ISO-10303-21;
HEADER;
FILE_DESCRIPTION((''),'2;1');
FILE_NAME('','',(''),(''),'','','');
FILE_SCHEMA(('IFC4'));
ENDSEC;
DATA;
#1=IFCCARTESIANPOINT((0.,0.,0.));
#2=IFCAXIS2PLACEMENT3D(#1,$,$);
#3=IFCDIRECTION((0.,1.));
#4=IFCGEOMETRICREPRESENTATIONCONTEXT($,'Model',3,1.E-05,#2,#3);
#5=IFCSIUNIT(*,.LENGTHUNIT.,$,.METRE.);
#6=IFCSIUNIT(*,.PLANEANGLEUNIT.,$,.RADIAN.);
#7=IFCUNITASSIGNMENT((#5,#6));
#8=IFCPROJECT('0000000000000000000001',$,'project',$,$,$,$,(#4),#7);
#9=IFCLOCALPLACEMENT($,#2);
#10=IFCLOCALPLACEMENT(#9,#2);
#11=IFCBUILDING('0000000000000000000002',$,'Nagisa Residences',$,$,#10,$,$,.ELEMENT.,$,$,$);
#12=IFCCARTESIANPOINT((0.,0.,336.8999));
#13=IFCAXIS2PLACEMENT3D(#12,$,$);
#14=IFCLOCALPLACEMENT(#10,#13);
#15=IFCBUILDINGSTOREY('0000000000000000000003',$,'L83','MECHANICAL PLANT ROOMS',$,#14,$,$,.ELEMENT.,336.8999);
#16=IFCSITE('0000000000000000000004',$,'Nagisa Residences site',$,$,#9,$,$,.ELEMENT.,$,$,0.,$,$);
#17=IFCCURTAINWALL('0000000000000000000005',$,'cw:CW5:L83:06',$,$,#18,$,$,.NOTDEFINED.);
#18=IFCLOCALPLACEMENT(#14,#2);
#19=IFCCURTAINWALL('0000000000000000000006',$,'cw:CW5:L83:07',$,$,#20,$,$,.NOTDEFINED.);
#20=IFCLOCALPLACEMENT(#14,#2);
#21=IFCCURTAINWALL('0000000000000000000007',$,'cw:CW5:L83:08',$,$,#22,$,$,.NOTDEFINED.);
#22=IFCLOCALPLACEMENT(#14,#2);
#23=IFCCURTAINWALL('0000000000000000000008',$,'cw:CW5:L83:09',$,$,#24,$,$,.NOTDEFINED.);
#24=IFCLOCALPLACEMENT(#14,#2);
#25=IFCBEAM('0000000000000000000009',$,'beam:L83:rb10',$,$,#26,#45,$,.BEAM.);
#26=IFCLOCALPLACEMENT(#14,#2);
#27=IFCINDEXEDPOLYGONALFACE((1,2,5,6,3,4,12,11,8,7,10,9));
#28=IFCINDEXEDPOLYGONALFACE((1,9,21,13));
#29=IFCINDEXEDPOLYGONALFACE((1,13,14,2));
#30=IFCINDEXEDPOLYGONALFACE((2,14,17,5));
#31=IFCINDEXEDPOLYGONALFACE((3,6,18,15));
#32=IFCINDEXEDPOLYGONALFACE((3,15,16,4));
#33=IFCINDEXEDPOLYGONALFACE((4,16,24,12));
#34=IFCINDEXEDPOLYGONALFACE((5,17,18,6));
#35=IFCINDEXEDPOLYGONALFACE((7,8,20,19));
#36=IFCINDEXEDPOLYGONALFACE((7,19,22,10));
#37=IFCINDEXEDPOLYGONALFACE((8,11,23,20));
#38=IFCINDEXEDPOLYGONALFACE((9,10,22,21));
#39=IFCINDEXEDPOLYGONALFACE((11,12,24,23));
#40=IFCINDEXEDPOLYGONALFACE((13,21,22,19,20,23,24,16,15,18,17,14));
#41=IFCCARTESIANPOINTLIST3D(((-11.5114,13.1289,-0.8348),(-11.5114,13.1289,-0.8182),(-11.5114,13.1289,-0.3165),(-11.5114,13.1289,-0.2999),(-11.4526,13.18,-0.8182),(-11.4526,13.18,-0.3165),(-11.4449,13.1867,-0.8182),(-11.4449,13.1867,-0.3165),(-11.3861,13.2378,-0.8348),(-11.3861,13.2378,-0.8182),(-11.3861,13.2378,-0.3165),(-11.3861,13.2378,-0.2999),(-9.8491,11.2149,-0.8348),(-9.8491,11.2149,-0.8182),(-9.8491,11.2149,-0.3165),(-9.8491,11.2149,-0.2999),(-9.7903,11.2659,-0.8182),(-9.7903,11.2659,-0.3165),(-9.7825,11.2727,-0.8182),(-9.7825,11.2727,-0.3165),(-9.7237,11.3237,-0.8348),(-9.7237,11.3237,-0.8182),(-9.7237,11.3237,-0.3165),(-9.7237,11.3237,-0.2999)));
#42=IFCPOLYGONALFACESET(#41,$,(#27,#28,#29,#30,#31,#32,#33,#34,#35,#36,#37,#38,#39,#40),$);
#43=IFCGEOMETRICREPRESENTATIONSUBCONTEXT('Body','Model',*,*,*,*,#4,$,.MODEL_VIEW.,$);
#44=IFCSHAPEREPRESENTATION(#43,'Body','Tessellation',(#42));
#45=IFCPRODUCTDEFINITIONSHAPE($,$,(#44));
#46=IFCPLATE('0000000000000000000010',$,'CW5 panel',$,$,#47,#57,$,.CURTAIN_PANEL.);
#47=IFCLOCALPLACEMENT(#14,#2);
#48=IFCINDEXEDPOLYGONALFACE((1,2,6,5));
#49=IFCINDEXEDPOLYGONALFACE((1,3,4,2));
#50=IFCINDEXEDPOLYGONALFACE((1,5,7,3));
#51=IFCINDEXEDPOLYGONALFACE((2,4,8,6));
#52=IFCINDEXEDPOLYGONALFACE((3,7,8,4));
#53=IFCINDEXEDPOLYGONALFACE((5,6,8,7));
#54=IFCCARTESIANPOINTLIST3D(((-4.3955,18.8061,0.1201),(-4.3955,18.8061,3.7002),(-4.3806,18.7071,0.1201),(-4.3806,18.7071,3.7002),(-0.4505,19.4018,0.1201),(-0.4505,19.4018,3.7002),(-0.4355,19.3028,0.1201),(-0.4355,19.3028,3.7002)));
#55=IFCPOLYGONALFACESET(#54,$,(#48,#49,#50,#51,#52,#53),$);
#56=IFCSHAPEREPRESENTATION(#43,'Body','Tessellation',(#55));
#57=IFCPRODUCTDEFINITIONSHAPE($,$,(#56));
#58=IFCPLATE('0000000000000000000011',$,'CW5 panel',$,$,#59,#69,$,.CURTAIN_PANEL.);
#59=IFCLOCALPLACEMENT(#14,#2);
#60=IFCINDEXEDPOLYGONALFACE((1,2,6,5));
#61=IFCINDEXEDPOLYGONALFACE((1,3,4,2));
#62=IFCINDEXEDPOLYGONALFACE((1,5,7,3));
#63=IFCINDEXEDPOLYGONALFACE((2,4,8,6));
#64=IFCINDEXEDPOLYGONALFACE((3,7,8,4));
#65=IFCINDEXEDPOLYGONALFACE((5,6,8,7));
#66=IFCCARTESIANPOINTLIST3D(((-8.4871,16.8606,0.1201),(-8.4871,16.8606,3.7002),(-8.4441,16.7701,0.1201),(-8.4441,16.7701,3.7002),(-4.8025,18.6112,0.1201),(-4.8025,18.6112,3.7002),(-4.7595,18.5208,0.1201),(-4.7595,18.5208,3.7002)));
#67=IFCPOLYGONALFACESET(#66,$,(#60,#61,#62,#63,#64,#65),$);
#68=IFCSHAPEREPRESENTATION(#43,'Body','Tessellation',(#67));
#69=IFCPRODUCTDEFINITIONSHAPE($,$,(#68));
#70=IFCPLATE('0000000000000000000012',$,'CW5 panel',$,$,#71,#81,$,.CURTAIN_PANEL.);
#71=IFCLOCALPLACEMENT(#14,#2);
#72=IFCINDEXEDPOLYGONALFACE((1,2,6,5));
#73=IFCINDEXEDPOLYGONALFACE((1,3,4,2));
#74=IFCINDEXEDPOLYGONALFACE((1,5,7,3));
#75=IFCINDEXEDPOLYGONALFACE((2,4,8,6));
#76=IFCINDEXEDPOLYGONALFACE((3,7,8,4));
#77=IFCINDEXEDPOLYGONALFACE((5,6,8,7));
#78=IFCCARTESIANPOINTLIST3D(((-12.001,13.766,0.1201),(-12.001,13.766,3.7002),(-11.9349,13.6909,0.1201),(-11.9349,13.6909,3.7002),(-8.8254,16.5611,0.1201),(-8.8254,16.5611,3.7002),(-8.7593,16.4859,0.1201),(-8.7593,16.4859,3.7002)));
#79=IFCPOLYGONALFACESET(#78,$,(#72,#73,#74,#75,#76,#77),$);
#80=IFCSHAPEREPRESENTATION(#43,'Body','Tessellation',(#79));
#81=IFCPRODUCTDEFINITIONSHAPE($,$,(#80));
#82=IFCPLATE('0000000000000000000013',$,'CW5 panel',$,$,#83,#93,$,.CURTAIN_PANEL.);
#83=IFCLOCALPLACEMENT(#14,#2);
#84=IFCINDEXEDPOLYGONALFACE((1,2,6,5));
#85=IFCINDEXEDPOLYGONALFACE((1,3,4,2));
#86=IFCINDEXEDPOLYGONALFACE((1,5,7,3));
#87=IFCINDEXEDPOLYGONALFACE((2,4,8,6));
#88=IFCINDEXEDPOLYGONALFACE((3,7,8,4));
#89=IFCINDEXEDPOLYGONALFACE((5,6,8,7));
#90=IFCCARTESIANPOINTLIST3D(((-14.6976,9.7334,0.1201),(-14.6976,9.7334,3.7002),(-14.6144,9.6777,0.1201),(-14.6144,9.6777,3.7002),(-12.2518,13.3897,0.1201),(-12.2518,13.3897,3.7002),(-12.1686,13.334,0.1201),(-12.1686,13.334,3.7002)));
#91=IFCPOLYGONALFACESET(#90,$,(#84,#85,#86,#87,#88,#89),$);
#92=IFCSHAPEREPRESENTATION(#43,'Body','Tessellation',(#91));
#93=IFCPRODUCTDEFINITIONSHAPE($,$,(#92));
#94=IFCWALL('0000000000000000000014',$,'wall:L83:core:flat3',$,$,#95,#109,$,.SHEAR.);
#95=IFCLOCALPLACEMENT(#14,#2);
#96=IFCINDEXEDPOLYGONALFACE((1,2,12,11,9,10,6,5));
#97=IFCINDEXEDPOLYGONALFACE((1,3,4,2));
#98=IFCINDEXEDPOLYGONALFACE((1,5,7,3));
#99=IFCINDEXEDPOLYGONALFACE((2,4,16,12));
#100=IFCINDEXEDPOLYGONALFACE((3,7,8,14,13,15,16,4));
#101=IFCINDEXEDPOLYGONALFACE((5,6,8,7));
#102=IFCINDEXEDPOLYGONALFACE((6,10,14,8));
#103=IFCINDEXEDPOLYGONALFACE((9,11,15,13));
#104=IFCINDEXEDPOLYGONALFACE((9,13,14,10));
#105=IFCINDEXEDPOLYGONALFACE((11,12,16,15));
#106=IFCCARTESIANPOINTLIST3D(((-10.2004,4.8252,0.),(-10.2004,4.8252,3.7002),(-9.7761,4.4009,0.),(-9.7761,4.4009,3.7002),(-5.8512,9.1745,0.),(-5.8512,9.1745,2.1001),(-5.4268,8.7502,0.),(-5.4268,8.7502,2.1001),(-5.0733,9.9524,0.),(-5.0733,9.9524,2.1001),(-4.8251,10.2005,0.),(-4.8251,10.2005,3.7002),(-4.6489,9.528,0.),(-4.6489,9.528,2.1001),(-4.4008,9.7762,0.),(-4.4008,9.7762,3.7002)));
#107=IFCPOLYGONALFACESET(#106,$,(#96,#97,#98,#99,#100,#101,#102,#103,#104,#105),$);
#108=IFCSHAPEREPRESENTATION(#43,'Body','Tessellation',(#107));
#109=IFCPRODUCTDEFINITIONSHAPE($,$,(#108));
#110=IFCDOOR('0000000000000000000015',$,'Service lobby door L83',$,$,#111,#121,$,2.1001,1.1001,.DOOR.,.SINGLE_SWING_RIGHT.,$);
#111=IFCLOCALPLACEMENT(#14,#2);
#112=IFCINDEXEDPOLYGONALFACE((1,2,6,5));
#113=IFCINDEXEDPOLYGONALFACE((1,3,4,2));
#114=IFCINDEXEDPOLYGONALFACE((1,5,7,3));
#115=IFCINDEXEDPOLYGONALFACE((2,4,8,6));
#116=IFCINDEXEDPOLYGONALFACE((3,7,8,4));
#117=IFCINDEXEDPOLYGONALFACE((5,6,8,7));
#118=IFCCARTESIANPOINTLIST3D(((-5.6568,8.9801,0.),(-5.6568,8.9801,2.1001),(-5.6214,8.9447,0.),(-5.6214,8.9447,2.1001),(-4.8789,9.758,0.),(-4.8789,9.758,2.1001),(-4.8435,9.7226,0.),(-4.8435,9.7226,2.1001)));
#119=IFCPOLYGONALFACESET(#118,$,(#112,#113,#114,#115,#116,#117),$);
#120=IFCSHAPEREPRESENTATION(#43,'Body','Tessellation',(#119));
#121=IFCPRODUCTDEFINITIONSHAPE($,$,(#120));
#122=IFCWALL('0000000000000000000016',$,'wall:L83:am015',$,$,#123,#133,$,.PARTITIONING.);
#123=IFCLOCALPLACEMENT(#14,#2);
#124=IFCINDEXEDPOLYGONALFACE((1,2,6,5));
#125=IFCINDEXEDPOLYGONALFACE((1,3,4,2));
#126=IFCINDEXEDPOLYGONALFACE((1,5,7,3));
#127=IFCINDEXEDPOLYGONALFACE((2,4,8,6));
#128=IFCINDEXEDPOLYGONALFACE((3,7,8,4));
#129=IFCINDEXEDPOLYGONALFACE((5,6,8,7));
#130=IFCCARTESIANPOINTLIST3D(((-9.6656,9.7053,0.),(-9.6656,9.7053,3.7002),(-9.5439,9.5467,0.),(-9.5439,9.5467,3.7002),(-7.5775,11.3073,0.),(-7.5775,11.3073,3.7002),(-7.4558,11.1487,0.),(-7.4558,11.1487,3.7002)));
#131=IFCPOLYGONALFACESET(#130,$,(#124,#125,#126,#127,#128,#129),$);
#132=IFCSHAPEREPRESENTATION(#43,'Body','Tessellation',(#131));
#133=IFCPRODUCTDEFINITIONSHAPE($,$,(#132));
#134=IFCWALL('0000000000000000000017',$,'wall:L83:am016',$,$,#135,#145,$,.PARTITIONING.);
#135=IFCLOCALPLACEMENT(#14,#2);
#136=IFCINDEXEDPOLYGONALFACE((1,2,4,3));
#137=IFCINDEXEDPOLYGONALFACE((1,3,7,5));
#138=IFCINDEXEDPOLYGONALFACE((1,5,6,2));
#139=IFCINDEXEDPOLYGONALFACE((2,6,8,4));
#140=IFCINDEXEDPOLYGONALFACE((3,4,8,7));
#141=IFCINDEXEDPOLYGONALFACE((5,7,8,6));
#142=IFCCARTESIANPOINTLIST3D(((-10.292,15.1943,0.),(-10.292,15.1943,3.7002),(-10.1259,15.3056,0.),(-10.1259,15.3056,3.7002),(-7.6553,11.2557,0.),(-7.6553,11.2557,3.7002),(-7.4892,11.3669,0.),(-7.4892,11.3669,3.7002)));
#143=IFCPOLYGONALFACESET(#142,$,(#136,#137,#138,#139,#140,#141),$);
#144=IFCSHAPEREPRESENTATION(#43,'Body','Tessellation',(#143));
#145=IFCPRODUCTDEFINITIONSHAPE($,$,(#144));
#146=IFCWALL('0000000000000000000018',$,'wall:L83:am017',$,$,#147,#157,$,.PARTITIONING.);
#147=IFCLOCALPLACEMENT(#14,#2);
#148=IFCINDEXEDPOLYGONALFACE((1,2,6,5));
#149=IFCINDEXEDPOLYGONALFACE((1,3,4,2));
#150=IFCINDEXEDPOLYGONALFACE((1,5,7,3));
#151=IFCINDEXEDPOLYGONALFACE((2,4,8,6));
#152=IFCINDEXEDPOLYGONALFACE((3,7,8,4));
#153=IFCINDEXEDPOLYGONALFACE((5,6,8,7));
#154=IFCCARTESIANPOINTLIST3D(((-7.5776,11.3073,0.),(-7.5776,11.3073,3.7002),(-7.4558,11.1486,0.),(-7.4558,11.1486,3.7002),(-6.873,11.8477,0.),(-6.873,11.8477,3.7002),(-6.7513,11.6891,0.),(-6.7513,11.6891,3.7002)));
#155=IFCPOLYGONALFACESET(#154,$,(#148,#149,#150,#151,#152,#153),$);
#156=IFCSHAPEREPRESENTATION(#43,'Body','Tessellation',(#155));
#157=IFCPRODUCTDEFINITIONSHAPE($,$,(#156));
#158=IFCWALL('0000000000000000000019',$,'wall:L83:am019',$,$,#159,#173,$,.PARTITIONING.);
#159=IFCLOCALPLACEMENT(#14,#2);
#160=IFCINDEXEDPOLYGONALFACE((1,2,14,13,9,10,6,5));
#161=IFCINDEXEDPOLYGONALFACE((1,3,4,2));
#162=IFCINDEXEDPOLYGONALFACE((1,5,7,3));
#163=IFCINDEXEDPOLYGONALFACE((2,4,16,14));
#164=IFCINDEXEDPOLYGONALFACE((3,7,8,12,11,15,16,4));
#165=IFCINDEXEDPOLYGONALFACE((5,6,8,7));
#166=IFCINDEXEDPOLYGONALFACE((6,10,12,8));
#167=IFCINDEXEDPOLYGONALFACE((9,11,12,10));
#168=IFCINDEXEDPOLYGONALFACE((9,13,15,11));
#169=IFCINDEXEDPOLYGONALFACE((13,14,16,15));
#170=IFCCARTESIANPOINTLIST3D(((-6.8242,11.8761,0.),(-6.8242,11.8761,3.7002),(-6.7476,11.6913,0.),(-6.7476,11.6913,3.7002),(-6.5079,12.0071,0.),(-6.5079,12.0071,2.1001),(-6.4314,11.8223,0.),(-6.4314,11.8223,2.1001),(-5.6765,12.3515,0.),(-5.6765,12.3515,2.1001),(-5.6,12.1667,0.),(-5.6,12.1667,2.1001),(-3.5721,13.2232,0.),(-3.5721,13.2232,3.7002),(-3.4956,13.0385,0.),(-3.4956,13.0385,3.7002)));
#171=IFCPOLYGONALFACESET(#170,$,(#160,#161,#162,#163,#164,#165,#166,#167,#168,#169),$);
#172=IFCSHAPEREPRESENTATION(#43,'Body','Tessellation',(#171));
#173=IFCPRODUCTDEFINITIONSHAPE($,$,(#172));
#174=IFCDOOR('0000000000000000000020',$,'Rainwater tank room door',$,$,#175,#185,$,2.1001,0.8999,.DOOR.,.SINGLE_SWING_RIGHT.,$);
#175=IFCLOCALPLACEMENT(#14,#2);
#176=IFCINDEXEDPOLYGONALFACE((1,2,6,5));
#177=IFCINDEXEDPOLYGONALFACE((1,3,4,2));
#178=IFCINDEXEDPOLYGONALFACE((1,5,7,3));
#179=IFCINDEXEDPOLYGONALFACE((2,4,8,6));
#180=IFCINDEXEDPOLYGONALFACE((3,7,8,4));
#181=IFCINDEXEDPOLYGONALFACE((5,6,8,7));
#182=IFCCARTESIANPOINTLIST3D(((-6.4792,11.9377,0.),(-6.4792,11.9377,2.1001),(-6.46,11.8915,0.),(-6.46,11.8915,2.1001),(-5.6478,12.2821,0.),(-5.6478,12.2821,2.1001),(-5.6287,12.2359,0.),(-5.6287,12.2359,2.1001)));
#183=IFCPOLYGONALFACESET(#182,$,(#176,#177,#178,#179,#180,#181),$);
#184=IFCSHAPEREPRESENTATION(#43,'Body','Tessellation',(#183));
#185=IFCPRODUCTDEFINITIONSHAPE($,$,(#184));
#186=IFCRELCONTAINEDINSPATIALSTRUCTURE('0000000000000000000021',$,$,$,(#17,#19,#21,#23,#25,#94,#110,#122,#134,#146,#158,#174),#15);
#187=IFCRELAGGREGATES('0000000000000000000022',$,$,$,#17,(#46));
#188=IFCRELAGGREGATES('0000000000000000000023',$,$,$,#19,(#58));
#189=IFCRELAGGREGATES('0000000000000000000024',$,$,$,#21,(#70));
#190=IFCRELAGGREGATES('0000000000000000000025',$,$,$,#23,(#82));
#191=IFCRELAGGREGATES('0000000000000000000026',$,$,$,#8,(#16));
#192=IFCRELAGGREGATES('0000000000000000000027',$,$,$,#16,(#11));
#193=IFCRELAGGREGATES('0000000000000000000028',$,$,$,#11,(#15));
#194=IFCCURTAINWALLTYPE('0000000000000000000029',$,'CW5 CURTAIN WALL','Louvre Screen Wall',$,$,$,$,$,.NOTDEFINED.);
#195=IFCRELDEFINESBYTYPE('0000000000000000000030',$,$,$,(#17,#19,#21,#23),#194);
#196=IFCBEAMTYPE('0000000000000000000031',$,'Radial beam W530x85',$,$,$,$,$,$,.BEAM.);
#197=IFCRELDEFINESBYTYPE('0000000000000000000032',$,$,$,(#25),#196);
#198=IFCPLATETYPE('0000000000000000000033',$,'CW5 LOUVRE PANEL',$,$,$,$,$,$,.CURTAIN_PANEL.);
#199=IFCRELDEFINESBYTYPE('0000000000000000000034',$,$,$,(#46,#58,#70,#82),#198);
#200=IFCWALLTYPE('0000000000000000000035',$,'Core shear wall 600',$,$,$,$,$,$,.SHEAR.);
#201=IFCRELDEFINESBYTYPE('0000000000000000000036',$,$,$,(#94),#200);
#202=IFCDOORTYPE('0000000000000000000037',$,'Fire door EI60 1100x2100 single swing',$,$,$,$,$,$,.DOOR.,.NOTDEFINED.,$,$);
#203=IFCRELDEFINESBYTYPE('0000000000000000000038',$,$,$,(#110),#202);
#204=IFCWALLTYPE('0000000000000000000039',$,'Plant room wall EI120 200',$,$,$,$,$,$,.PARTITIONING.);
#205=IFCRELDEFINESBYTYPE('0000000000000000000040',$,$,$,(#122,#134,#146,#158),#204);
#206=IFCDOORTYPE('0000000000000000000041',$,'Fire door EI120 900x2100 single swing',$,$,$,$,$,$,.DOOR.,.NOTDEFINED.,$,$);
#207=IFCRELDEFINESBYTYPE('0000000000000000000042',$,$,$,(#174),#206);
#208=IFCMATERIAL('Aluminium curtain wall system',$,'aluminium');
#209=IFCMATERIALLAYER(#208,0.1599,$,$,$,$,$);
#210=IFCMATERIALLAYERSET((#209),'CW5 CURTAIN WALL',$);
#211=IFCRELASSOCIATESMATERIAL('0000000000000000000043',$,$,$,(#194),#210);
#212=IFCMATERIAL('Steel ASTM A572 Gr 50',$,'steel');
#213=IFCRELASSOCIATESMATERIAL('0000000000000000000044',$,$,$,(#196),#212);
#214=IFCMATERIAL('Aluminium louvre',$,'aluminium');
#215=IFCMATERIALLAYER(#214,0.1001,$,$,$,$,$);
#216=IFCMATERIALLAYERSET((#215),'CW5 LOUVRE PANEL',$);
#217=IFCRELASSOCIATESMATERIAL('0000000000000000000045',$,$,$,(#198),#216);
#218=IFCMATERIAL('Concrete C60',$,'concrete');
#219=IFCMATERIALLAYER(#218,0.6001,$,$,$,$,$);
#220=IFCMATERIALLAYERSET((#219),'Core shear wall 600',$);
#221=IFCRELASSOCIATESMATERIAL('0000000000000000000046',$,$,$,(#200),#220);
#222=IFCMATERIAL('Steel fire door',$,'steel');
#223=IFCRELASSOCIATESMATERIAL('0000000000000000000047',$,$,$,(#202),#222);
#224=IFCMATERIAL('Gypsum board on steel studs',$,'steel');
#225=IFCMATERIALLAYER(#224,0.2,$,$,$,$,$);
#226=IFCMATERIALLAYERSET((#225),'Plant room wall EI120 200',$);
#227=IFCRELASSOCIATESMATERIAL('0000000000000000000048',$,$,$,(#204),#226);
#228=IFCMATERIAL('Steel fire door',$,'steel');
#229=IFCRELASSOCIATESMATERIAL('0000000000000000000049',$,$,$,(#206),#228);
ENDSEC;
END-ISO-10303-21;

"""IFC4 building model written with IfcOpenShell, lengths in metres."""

from ifc_helpers import new_model, si_unit, direction, frame, frame_2d, origin, origin_2d, place, context, subcontext, project, spatial, rectangle, i_section, extrude, material, layer, layer_set, material_profile, profile_set, type_object, element, fill, aggregate, save


model = new_model("IFC4")

# Units and contexts
model_context = context("Model", 3, precision=1e-05, world=origin(), true_north=direction((0.0, 1.0)))
body_context = subcontext(model_context, "Body", "Model", "MODEL_VIEW")
ifc_project = project(units=[si_unit("LENGTHUNIT", "METRE"), si_unit("PLANEANGLEUNIT", "RADIAN")], contexts=[model_context])

# Site, building, storey
site_placement = place(None, origin())
site = spatial("IfcSite", under=ifc_project, at=site_placement, Name="Nagisa Residences site", CompositionType="ELEMENT", RefElevation=0.0)
building_placement = place(site_placement, origin())
building = spatial("IfcBuilding", under=site, at=building_placement, Name="Nagisa Residences", CompositionType="ELEMENT")
storey_placement = place(building_placement, frame((0.0, 0.0, 336.8999)))
storey = spatial("IfcBuildingStorey", under=building, at=storey_placement, Name="L83", Description="MECHANICAL PLANT ROOMS", CompositionType="ELEMENT", Elevation=336.8999)

# Curtain walls
ifc_material_1 = material(Name="Aluminium curtain wall system", Category="aluminium")
ifc_layer_1 = layer(ifc_material_1, 0.1599)
ifc_layer_set_1 = layer_set([ifc_layer_1], Name="CW5 CURTAIN WALL")
curtain_wall_type = type_object("IfcCurtainWallType", Name="CW5 CURTAIN WALL", Description="Louvre Screen Wall", PredefinedType="NOTDEFINED", material=ifc_layer_set_1)
curtain_wall_1_placement = place(storey_placement, origin())
curtain_wall_1 = element("IfcCurtainWall", 1, at=curtain_wall_1_placement, inside=storey, type_object=curtain_wall_type, Name="cw:CW5:L83:06", PredefinedType="NOTDEFINED")
curtain_wall_2_placement = place(storey_placement, origin())
curtain_wall_2 = element("IfcCurtainWall", 2, at=curtain_wall_2_placement, inside=storey, type_object=curtain_wall_type, Name="cw:CW5:L83:07", PredefinedType="NOTDEFINED")
curtain_wall_3_placement = place(storey_placement, origin())
curtain_wall_3 = element("IfcCurtainWall", 3, at=curtain_wall_3_placement, inside=storey, type_object=curtain_wall_type, Name="cw:CW5:L83:08", PredefinedType="NOTDEFINED")
curtain_wall_4_placement = place(storey_placement, origin())
curtain_wall_4 = element("IfcCurtainWall", 4, at=curtain_wall_4_placement, inside=storey, type_object=curtain_wall_type, Name="cw:CW5:L83:09", PredefinedType="NOTDEFINED")

# Beam
ifc_material_2 = material(Name="Steel ASTM A572 Gr 50", Category="steel")
ifc_material_profile_1 = material_profile(ifc_material_2, i_section(OverallWidth=0.166, OverallDepth=0.5349, WebThickness=0.0103, FlangeThickness=0.0166, at=origin_2d()), Name="W530x85")
ifc_profile_set_1 = profile_set([ifc_material_profile_1], Name="Steel ASTM A572 Gr 50")
beam_type_1 = type_object("IfcBeamType", Name="Radial beam W530x85", PredefinedType="BEAM", material=ifc_profile_set_1)
beam_1_placement = place(storey_placement, frame((-11.4487, 13.1833, -0.5674), z_axis=(0.655718, -0.755006, 0.0), x_axis=(0.755006, 0.655718, 0.0)))
element("IfcBeam", 5, at=beam_1_placement, inside=storey, type_object=beam_type_1, Name="beam:L83:rb10", PredefinedType="BEAM", context=body_context, shape_type="SweptSolid", body=[
    extrude(i_section(OverallWidth=0.166, OverallDepth=0.5349, WebThickness=0.0103, FlangeThickness=0.0166, at=origin_2d()), origin(), (0.0, 0.0, 1.0), 2.5352),
])

# Plates
ifc_material_3 = material(Name="Aluminium louvre", Category="aluminium")
ifc_layer_2 = layer(ifc_material_3, 0.1001)
ifc_layer_set_2 = layer_set([ifc_layer_2], Name="CW5 LOUVRE PANEL")
plate_type = type_object("IfcPlateType", Name="CW5 LOUVRE PANEL", PredefinedType="CURTAIN_PANEL", material=ifc_layer_set_2)
plate_1_placement = place(storey_placement, frame((-2.4155, 19.0544, 0.1201), z_axis=(0.0, 0.0, 1.0), x_axis=(-0.988789, -0.14932, 0.0)))
plate_1 = element("IfcPlate", 6, at=plate_1_placement, type_object=plate_type, Name="CW5 panel", PredefinedType="CURTAIN_PANEL", context=body_context, shape_type="SweptSolid", body=[
    extrude(rectangle(XDim=3.9897, YDim=0.1001, at=origin_2d()), origin(), (0.0, 0.0, 1.0), 3.5801),
])
aggregate(curtain_wall_1, [plate_1])
plate_2_placement = place(storey_placement, frame((-6.6233, 17.6907, 0.1201), z_axis=(0.0, 0.0, 1.0), x_axis=(-0.903233, -0.429151, 0.0)))
plate_2 = element("IfcPlate", 7, at=plate_2_placement, type_object=plate_type, Name="CW5 panel", PredefinedType="CURTAIN_PANEL", context=body_context, shape_type="SweptSolid", body=[
    extrude(rectangle(XDim=4.0793, YDim=0.1001, at=origin_2d()), origin(), (0.0, 0.0, 1.0), 3.5801),
])
aggregate(curtain_wall_2, [plate_2])
plate_3_placement = place(storey_placement, frame((-10.3801, 15.126, 0.1201), z_axis=(0.0, 0.0, 1.0), x_axis=(-0.750651, -0.660699, 0.0)))
plate_3 = element("IfcPlate", 8, at=plate_3_placement, type_object=plate_type, Name="CW5 panel", PredefinedType="CURTAIN_PANEL", context=body_context, shape_type="SweptSolid", body=[
    extrude(rectangle(XDim=4.2305, YDim=0.1001, at=origin_2d()), origin(), (0.0, 0.0, 1.0), 3.5801),
])
aggregate(curtain_wall_3, [plate_3])
plate_4_placement = place(storey_placement, frame((-13.4331, 11.5337, 0.1201), z_axis=(0.0, 0.0, 1.0), x_axis=(-0.556014, -0.831173, 0.0)))
plate_4 = element("IfcPlate", 9, at=plate_4_placement, type_object=plate_type, Name="CW5 panel", PredefinedType="CURTAIN_PANEL", context=body_context, shape_type="SweptSolid", body=[
    extrude(rectangle(XDim=4.3989, YDim=0.1001, at=origin_2d()), origin(), (0.0, 0.0, 1.0), 3.5801),
])
aggregate(curtain_wall_4, [plate_4])

# Wall, opening, door
ifc_material_4 = material(Name="Concrete C60", Category="concrete")
ifc_layer_3 = layer(ifc_material_4, 0.6001)
ifc_layer_set_3 = layer_set([ifc_layer_3], Name="Core shear wall 600")
wall_type_1 = type_object("IfcWallType", Name="Core shear wall 600", PredefinedType="SHEAR", material=ifc_layer_set_3)
wall_1_placement = place(storey_placement, frame((-4.613, 9.9883, 0.0), z_axis=(0.0, 0.0, 1.0), x_axis=(-0.707107, -0.707107, 0.0)))
wall_1 = element("IfcWall", 10, at=wall_1_placement, inside=storey, type_object=wall_type_1, Name="wall:L83:core:flat3", PredefinedType="SHEAR", context=body_context, shape_type="SweptSolid", body=[
    extrude(rectangle(XDim=7.6018, YDim=0.6001, at=frame_2d((3.8008, 0.0))), origin(), (0.0, 0.0, 1.0), 3.7002),
])
opening_1_placement = place(wall_1_placement, frame((0.3508, 0.0, 0.0)))
opening_1 = element("IfcOpeningElement", 11, at=opening_1_placement, cuts=wall_1, PredefinedType="OPENING", context=body_context, shape_type="SweptSolid", body=[
    extrude(rectangle(XDim=1.1001, YDim=2.1001, at=frame_2d((0.55, 1.05))), frame((0.0, 0.3101, 0.0), z_axis=(0.0, -1.0, 0.0), x_axis=(1.0, 0.0, 0.0)), (0.0, 0.0, 1.0), 0.6201),
])
ifc_material_5 = material(Name="Steel fire door", Category="steel")
door_type_1 = type_object("IfcDoorType", Name="Fire door EI60 1100x2100 single swing", OperationType="NOTDEFINED", PredefinedType="DOOR", material=ifc_material_5)
door_1_placement = place(opening_1_placement, origin())
door_1 = element("IfcDoor", 12, at=door_1_placement, inside=storey, type_object=door_type_1, Name="Service lobby door L83", OperationType="SINGLE_SWING_RIGHT", OverallHeight=2.1001, OverallWidth=1.1001, PredefinedType="DOOR", context=body_context, shape_type="SweptSolid", body=[
    extrude(rectangle(XDim=1.1001, YDim=2.1001, at=frame_2d((0.55, 1.05))), frame((0.0, 0.0249, 0.0), z_axis=(0.0, -1.0, 0.0), x_axis=(1.0, 0.0, 0.0)), (0.0, 0.0, 1.0), 0.05),
])
fill(opening_1, door_1)

# Walls
ifc_material_6 = material(Name="Gypsum board on steel studs", Category="steel")
ifc_layer_4 = layer(ifc_material_6, 0.2)
ifc_layer_set_4 = layer_set([ifc_layer_4], Name="Plant room wall EI120 200")
wall_type_2 = type_object("IfcWallType", Name="Plant room wall EI120 200", PredefinedType="PARTITIONING", material=ifc_layer_set_4)
wall_2_placement = place(storey_placement, frame((-9.6047, 9.626, 0.0), z_axis=(0.0, 0.0, 1.0), x_axis=(0.793396, 0.608706, 0.0)))
element("IfcWall", 13, at=wall_2_placement, inside=storey, type_object=wall_type_2, Name="wall:L83:am015", PredefinedType="PARTITIONING", context=body_context, shape_type="SweptSolid", body=[
    extrude(rectangle(XDim=2.6318, YDim=0.2, at=frame_2d((1.3159, 0.0))), origin(), (0.0, 0.0, 1.0), 3.7002),
])
wall_3_placement = place(storey_placement, frame((-7.5723, 11.3113, 0.0), z_axis=(0.0, 0.0, 1.0), x_axis=(-0.556292, 0.830987, 0.0)))
element("IfcWall", 14, at=wall_3_placement, inside=storey, type_object=wall_type_2, Name="wall:L83:am016", PredefinedType="PARTITIONING", context=body_context, shape_type="SweptSolid", body=[
    extrude(rectangle(XDim=4.7397, YDim=0.2, at=frame_2d((2.3699, 0.0))), origin(), (0.0, 0.0, 1.0), 3.7002),
])
wall_4_placement = place(storey_placement, frame((-7.5166, 11.228, 0.0), z_axis=(0.0, 0.0, 1.0), x_axis=(0.79342, 0.608674, 0.0)))
element("IfcWall", 15, at=wall_4_placement, inside=storey, type_object=wall_type_2, Name="wall:L83:am017", PredefinedType="PARTITIONING", context=body_context, shape_type="SweptSolid", body=[
    extrude(rectangle(XDim=0.8879, YDim=0.2, at=frame_2d((0.4438, 0.0))), origin(), (0.0, 0.0, 1.0), 3.7002),
])

# Wall, opening, door
wall_5_placement = place(storey_placement, frame((-6.7859, 11.7837, 0.0), z_axis=(0.0, 0.0, 1.0), x_axis=(0.923863, 0.382723, 0.0)))
wall_5 = element("IfcWall", 16, at=wall_5_placement, inside=storey, type_object=wall_type_2, Name="wall:L83:am019", PredefinedType="PARTITIONING", context=body_context, shape_type="SweptSolid", body=[
    extrude(rectangle(XDim=3.52, YDim=0.2, at=frame_2d((1.76, 0.0))), origin(), (0.0, 0.0, 1.0), 3.7002),
])
opening_2_placement = place(wall_5_placement, frame((0.3423, 0.0, 0.0)))
opening_2 = element("IfcOpeningElement", 17, at=opening_2_placement, cuts=wall_5, PredefinedType="OPENING", context=body_context, shape_type="SweptSolid", body=[
    extrude(rectangle(XDim=0.8999, YDim=2.1001, at=frame_2d((0.45, 1.05))), frame((0.0, 0.1099, 0.0), z_axis=(0.0, -1.0, 0.0), x_axis=(1.0, 0.0, 0.0)), (0.0, 0.0, 1.0), 0.22),
])
ifc_material_7 = material(Name="Steel fire door", Category="steel")
door_type_2 = type_object("IfcDoorType", Name="Fire door EI120 900x2100 single swing", OperationType="NOTDEFINED", PredefinedType="DOOR", material=ifc_material_7)
door_2_placement = place(opening_2_placement, origin())
door_2 = element("IfcDoor", 18, at=door_2_placement, inside=storey, type_object=door_type_2, Name="Rainwater tank room door", OperationType="SINGLE_SWING_RIGHT", OverallHeight=2.1001, OverallWidth=0.8999, PredefinedType="DOOR", context=body_context, shape_type="SweptSolid", body=[
    extrude(rectangle(XDim=0.8999, YDim=2.1001, at=frame_2d((0.45, 1.05))), frame((0.0, 0.0249, 0.0), z_axis=(0.0, -1.0, 0.0), x_axis=(1.0, 0.0, 0.0)), (0.0, 0.0, 1.0), 0.05),
])
fill(opening_2, door_2)

save(model, "model.ifc")
